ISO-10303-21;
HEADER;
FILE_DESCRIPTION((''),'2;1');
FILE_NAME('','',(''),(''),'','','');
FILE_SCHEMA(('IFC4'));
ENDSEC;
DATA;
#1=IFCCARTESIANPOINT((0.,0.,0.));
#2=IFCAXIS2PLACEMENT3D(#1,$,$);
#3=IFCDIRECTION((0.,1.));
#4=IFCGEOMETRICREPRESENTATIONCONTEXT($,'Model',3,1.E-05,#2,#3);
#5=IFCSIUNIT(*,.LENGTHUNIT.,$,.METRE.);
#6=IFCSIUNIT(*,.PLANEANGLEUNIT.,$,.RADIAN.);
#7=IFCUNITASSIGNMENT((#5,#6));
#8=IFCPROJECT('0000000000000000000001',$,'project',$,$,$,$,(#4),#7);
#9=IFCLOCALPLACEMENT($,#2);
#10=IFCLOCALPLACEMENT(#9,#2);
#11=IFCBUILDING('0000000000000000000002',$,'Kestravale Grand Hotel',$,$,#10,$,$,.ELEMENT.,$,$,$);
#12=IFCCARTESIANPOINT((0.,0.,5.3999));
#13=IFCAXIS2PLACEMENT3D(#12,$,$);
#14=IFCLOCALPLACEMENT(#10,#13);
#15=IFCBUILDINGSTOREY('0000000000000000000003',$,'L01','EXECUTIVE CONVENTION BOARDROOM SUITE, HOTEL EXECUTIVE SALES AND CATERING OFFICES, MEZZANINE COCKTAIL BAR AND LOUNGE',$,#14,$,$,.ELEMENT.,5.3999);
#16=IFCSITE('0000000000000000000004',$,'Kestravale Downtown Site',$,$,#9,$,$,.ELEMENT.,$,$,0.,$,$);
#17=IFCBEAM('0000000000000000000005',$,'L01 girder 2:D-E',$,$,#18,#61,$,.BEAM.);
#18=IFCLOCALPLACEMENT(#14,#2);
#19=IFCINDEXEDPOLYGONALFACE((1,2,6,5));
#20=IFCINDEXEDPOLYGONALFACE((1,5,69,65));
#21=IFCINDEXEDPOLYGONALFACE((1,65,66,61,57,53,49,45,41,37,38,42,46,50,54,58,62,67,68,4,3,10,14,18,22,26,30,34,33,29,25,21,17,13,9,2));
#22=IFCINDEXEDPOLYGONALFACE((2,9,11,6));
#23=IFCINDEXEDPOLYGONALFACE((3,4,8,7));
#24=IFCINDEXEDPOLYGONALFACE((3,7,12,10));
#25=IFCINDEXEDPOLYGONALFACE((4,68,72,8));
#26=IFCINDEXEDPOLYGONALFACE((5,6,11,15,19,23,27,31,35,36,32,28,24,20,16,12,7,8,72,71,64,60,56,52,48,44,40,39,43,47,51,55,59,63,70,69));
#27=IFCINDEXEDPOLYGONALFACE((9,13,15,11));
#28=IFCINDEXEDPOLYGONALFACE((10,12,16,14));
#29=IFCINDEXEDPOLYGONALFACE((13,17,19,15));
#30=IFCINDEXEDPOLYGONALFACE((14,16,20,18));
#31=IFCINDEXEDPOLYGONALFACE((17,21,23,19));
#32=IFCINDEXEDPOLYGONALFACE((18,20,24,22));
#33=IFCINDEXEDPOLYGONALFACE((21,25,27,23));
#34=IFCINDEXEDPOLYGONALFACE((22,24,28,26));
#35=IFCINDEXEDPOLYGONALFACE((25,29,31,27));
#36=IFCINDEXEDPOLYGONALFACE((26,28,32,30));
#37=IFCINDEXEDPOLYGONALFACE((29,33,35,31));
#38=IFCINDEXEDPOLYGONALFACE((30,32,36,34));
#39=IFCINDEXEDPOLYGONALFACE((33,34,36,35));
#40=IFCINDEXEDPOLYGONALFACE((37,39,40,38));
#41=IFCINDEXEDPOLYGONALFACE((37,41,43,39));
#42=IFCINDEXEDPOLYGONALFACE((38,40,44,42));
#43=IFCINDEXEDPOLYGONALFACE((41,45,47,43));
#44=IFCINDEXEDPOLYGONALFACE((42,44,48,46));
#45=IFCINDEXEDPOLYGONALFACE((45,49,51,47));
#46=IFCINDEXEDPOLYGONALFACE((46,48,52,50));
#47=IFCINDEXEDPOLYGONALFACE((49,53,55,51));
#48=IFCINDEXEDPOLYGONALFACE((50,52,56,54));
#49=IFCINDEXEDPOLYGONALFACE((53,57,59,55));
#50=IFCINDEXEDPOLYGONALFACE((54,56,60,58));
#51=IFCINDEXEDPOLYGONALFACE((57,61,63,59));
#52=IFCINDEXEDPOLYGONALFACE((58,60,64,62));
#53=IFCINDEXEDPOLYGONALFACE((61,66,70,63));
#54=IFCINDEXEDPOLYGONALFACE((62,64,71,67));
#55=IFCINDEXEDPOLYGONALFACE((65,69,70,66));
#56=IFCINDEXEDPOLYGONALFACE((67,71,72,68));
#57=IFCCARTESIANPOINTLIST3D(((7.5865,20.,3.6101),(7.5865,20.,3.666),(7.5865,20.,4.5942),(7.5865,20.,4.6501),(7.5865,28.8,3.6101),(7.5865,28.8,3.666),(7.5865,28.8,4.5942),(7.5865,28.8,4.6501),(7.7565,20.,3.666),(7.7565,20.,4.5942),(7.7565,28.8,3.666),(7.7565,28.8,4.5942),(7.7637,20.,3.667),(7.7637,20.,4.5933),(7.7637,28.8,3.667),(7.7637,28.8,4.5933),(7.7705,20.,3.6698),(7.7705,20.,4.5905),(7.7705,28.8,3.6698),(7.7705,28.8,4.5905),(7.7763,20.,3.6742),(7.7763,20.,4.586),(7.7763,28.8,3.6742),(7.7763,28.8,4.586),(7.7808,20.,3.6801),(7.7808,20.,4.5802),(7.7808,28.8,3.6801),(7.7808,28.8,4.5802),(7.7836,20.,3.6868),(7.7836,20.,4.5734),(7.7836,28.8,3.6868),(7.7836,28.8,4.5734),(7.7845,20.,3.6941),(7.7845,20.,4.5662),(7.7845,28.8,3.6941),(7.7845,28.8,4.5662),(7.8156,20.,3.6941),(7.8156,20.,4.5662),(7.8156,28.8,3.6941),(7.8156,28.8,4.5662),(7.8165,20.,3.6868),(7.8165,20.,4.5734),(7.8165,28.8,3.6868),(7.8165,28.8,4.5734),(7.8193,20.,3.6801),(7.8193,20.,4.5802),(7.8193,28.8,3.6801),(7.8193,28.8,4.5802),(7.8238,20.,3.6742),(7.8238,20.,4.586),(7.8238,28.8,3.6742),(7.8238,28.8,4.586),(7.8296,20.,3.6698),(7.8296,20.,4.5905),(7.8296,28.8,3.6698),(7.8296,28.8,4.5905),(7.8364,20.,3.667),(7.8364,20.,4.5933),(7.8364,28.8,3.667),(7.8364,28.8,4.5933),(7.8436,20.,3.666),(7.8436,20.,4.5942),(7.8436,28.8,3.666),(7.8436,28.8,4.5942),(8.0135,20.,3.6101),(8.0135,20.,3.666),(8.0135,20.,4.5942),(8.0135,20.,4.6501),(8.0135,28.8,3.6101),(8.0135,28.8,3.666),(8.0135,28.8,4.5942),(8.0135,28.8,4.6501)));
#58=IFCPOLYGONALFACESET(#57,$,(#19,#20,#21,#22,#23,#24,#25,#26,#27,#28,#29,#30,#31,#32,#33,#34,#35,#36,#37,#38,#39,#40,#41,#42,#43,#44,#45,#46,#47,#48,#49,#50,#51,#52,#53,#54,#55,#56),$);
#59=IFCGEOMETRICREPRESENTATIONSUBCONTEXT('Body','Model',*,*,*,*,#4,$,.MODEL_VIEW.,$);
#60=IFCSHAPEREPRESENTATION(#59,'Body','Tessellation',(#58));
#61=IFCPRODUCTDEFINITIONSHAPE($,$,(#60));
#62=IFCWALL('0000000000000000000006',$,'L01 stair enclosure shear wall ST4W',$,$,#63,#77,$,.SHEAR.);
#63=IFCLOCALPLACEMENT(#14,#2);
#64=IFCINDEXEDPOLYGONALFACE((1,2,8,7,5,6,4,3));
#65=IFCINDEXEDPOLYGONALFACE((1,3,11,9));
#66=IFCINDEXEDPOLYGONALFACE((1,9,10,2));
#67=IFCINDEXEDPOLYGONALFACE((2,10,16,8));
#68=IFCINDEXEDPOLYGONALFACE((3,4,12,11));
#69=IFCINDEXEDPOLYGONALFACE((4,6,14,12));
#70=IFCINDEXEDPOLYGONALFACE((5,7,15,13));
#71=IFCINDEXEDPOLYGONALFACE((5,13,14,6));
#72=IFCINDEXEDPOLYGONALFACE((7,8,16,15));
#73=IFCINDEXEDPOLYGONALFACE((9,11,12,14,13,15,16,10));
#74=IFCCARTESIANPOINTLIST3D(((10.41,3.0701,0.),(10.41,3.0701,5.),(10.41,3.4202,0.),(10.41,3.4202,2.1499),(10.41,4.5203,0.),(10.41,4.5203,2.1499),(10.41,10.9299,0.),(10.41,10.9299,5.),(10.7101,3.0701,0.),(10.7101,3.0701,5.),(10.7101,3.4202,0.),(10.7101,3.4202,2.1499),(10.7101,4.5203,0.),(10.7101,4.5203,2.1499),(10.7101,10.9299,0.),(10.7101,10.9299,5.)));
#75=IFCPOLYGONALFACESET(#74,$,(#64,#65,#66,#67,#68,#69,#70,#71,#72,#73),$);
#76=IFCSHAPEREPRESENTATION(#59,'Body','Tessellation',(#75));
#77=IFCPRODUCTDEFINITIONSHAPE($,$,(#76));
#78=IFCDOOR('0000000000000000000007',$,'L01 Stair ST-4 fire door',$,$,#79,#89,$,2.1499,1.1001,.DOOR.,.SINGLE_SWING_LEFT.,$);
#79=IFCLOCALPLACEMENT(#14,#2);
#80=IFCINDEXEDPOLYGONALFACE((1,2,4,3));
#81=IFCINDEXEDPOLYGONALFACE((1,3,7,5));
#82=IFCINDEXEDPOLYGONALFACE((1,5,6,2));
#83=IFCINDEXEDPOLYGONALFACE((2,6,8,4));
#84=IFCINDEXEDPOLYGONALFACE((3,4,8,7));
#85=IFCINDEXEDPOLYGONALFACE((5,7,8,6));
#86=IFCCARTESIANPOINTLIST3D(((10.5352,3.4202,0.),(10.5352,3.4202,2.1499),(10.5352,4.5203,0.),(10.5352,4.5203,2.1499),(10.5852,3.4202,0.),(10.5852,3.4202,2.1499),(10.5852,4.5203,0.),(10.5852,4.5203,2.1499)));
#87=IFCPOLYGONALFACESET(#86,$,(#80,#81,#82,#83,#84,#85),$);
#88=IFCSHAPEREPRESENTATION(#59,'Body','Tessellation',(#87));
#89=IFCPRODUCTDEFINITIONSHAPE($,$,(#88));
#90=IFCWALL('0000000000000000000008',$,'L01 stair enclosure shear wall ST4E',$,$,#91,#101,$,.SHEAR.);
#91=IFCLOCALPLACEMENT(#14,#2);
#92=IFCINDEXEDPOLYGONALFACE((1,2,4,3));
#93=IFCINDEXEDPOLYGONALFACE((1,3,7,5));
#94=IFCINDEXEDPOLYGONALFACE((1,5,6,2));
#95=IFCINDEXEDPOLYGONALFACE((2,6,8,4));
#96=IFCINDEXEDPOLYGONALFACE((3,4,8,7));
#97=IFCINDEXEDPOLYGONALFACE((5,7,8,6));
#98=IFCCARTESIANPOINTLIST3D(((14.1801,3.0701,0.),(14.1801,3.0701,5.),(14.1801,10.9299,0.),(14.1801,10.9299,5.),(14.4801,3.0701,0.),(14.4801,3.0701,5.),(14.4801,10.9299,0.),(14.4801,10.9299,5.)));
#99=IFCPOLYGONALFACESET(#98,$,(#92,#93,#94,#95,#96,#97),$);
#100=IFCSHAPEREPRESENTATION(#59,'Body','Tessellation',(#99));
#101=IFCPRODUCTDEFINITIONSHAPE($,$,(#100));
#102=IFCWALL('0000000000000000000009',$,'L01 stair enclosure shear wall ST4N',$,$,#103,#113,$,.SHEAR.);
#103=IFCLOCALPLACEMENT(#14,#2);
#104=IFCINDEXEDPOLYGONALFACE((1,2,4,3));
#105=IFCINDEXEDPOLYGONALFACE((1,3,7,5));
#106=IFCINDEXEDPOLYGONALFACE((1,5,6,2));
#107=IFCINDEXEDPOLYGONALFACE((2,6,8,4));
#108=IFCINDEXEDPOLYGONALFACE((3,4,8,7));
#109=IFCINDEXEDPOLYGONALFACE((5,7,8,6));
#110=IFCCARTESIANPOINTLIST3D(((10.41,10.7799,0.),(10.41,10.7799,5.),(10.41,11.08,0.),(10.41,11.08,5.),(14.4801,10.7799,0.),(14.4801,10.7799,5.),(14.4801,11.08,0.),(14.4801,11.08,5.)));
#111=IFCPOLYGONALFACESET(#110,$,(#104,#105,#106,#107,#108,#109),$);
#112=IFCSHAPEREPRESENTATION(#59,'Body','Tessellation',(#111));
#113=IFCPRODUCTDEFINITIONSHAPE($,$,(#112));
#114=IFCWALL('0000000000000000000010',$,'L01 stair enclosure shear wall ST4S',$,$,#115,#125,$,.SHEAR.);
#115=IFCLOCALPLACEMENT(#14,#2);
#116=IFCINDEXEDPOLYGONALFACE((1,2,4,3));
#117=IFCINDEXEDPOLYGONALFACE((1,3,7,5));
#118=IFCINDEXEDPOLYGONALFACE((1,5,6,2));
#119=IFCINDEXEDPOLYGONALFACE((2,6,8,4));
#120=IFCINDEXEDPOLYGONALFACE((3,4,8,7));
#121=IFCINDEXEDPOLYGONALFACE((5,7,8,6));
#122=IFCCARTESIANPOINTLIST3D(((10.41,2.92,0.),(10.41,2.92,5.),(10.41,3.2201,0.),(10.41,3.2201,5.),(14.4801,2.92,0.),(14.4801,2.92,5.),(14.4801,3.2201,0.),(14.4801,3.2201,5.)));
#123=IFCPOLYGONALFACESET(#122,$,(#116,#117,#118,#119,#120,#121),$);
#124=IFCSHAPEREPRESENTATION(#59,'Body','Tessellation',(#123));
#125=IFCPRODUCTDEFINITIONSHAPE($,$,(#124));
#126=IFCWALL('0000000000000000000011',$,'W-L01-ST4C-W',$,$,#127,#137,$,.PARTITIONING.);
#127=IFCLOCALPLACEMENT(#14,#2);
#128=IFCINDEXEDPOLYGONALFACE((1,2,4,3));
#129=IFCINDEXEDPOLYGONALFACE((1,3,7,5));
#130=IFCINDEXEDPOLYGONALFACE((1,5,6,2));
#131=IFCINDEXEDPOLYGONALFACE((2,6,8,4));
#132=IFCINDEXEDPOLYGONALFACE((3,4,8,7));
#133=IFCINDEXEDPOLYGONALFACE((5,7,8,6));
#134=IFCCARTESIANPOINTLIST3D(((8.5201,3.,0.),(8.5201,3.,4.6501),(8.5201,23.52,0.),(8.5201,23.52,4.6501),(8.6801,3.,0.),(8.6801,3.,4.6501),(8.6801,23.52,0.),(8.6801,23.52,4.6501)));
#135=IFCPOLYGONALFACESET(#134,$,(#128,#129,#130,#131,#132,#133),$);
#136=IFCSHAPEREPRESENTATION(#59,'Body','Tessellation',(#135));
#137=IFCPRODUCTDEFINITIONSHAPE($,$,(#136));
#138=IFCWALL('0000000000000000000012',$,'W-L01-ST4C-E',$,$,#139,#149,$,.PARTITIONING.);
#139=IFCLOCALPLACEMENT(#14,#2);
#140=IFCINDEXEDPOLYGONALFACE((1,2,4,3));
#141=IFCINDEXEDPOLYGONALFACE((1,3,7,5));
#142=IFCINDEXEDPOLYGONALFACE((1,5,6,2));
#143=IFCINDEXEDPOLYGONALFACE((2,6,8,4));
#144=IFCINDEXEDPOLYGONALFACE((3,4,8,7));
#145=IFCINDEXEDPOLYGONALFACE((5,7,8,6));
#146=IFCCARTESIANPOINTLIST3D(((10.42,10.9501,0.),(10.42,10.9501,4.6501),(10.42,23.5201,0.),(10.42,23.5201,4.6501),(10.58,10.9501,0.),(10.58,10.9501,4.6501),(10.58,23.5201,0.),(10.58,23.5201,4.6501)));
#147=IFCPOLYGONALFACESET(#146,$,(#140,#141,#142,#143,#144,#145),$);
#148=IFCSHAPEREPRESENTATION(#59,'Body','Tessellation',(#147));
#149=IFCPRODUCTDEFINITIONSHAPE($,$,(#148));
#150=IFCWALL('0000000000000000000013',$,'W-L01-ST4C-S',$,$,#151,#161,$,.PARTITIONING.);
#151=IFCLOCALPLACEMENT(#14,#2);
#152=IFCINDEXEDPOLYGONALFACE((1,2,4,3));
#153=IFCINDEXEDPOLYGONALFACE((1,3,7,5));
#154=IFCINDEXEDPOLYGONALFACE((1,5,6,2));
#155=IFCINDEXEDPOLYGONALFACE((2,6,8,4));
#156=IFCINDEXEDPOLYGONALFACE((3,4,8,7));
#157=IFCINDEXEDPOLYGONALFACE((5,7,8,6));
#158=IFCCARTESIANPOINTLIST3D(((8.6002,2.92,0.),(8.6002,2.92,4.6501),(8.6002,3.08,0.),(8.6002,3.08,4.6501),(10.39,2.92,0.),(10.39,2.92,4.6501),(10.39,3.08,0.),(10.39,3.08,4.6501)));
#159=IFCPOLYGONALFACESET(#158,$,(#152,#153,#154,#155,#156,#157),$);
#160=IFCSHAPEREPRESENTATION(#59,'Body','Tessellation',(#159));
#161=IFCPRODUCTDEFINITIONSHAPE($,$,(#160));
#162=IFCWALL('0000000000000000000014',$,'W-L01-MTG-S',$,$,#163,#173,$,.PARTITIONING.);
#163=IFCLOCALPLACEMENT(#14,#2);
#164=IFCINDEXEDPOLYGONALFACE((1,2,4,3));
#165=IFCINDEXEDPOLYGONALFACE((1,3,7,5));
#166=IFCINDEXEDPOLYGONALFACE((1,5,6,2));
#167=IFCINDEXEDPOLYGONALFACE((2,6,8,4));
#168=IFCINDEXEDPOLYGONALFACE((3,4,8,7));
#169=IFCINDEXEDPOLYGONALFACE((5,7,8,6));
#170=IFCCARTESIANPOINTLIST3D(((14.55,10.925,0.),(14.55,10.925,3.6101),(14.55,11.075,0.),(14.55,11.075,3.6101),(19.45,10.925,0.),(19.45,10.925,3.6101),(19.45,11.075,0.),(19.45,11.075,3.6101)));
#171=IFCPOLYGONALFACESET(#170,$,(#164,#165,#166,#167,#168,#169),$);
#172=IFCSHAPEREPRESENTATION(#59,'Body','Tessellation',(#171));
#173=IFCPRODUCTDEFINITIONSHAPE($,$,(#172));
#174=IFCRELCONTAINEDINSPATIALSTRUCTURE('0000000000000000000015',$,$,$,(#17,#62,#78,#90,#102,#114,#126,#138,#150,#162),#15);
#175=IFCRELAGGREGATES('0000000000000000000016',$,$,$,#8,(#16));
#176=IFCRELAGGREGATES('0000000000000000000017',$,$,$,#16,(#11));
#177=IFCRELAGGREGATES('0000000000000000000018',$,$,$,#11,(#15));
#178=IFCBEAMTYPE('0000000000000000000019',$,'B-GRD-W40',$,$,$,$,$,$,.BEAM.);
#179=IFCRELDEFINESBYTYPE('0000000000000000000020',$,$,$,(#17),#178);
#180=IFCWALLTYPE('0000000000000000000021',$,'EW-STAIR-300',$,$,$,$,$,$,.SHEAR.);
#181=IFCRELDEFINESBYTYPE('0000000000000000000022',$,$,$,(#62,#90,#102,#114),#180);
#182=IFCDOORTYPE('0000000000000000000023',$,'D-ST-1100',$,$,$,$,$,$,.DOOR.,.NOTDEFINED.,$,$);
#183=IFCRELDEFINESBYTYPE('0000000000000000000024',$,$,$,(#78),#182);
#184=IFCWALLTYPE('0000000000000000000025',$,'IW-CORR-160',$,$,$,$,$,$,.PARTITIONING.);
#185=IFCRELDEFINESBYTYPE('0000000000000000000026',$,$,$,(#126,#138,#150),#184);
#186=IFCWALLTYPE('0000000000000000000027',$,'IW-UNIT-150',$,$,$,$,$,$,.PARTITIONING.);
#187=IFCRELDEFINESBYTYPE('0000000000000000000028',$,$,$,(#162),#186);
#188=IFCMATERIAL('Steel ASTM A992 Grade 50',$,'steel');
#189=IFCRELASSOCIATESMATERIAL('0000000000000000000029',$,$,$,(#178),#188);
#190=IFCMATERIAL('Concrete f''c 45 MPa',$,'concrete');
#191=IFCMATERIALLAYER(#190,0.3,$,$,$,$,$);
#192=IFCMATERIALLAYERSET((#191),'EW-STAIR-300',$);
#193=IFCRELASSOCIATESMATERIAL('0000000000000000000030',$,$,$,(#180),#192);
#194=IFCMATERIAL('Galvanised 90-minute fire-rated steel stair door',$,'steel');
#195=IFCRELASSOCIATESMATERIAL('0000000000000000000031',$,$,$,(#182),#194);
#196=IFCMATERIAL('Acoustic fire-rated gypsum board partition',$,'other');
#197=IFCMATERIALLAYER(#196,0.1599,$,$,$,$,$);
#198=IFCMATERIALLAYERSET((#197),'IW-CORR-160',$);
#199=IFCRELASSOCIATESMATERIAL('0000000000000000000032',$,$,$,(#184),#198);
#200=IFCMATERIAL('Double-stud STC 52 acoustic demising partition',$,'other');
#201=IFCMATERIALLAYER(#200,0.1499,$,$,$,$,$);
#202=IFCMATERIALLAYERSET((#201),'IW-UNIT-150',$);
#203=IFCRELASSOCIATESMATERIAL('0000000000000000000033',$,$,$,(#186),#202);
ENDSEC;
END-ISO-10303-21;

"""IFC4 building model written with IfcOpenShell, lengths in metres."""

from ifc_helpers import new_model, si_unit, direction, frame, frame_2d, origin, origin_2d, place, context, subcontext, project, spatial, rectangle, i_section, extrude, material, layer, layer_set, material_profile, profile_set, type_object, element, fill, save


model = new_model("IFC4")

# Units and contexts
model_context = context("Model", 3, precision=1e-05, world=origin(), true_north=direction((0.0, 1.0)))
body_context = subcontext(model_context, "Body", "Model", "MODEL_VIEW")
ifc_project = project(units=[si_unit("LENGTHUNIT", "METRE"), si_unit("PLANEANGLEUNIT", "RADIAN")], contexts=[model_context])

# Site, building, storey
site_placement = place(None, origin())
site = spatial("IfcSite", under=ifc_project, at=site_placement, Name="Kestravale Downtown Site", CompositionType="ELEMENT", RefElevation=0.0)
building_placement = place(site_placement, origin())
building = spatial("IfcBuilding", under=site, at=building_placement, Name="Kestravale Grand Hotel", CompositionType="ELEMENT")
storey_placement = place(building_placement, frame((0.0, 0.0, 5.3999)))
storey = spatial("IfcBuildingStorey", under=building, at=storey_placement, Name="L01", Description="EXECUTIVE CONVENTION BOARDROOM SUITE, HOTEL EXECUTIVE SALES AND CATERING OFFICES, MEZZANINE COCKTAIL BAR AND LOUNGE", CompositionType="ELEMENT", Elevation=5.3999)

# Beam
ifc_material_1 = material(Name="Steel ASTM A992 Grade 50", Category="steel")
ifc_material_profile_1 = material_profile(ifc_material_1, i_section(OverallWidth=0.427, OverallDepth=1.04, WebThickness=0.031, FlangeThickness=0.0559, FilletRadius=0.0281, at=origin_2d()))
ifc_profile_set_1 = profile_set([ifc_material_profile_1], Name="Steel ASTM A992 Grade 50")
beam_type_1 = type_object("IfcBeamType", Name="B-GRD-W40", PredefinedType="BEAM", material=ifc_profile_set_1)
beam_1_placement = place(storey_placement, frame((7.8, 20.0, 4.1301), z_axis=(0.0, 1.0, 0.0), x_axis=(-1.0, 0.0, 0.0)))
element("IfcBeam", 1, at=beam_1_placement, inside=storey, type_object=beam_type_1, Name="L01 girder 2:D-E", PredefinedType="BEAM", context=body_context, shape_type="SweptSolid", body=[
    extrude(i_section(OverallWidth=0.427, OverallDepth=1.04, WebThickness=0.031, FlangeThickness=0.0559, FilletRadius=0.0281, at=origin_2d()), origin(), (0.0, 0.0, 1.0), 8.8),
])

# Wall, opening, door
ifc_material_2 = material(Name="Concrete f'c 45 MPa", Category="concrete")
ifc_layer_1 = layer(ifc_material_2, 0.3)
ifc_layer_set_1 = layer_set([ifc_layer_1], Name="EW-STAIR-300")
wall_type_1 = type_object("IfcWallType", Name="EW-STAIR-300", PredefinedType="SHEAR", material=ifc_layer_set_1)
wall_1_placement = place(storey_placement, frame((10.5601, 3.0701, 0.0), z_axis=(0.0, 0.0, 1.0), x_axis=(0.0, 1.0, 0.0)))
wall_1 = element("IfcWall", 2, at=wall_1_placement, inside=storey, type_object=wall_type_1, Name="L01 stair enclosure shear wall ST4W", PredefinedType="SHEAR", context=body_context, shape_type="SweptSolid", body=[
    extrude(rectangle(XDim=7.8599, YDim=0.3, at=frame_2d((3.9299, 0.0))), origin(), (0.0, 0.0, 1.0), 5.0),
])
opening_placement = place(wall_1_placement, frame((0.3501, 0.0, 0.0)))
opening = element("IfcOpeningElement", 3, at=opening_placement, cuts=wall_1, PredefinedType="OPENING", context=body_context, shape_type="SweptSolid", body=[
    extrude(rectangle(XDim=1.1001, YDim=2.1499, at=frame_2d((0.55, 1.075))), frame((0.0, 0.1599, 0.0), z_axis=(0.0, -1.0, 0.0), x_axis=(1.0, 0.0, 0.0)), (0.0, 0.0, 1.0), 0.3201),
])
ifc_material_3 = material(Name="Galvanised 90-minute fire-rated steel stair door", Category="steel")
door_type = type_object("IfcDoorType", Name="D-ST-1100", OperationType="NOTDEFINED", PredefinedType="DOOR", material=ifc_material_3)
door_placement = place(opening_placement, origin())
door = element("IfcDoor", 4, at=door_placement, inside=storey, type_object=door_type, Name="L01 Stair ST-4 fire door", OperationType="SINGLE_SWING_LEFT", OverallHeight=2.1499, OverallWidth=1.1001, PredefinedType="DOOR", context=body_context, shape_type="SweptSolid", body=[
    extrude(rectangle(XDim=1.1001, YDim=2.1499, at=frame_2d((0.55, 1.075))), frame((0.0, 0.0249, 0.0), z_axis=(0.0, -1.0, 0.0), x_axis=(1.0, 0.0, 0.0)), (0.0, 0.0, 1.0), 0.05),
])
fill(opening, door)

# Walls
wall_2_placement = place(storey_placement, frame((14.3301, 3.0701, 0.0), z_axis=(0.0, 0.0, 1.0), x_axis=(0.0, 1.0, 0.0)))
element("IfcWall", 5, at=wall_2_placement, inside=storey, type_object=wall_type_1, Name="L01 stair enclosure shear wall ST4E", PredefinedType="SHEAR", context=body_context, shape_type="SweptSolid", body=[
    extrude(rectangle(XDim=7.8599, YDim=0.3, at=frame_2d((3.9299, 0.0))), origin(), (0.0, 0.0, 1.0), 5.0),
])
for number, where, z_axis, x_axis, name in (
    (6, (10.4099, 10.9299, 0.0), (0.0, 0.0, 1.0), (1.0, 0.0, 0.0), "L01 stair enclosure shear wall ST4N"),
    (7, (10.4099, 3.0701, 0.0), (0.0, 0.0, 1.0), (1.0, 0.0, 0.0), "L01 stair enclosure shear wall ST4S"),
):
    element("IfcWall", number, at=place(storey_placement, frame(where, z_axis=z_axis, x_axis=x_axis)), inside=storey, type_object=wall_type_1, Name=name, PredefinedType="SHEAR", context=body_context, shape_type="SweptSolid", body=[
        extrude(rectangle(XDim=4.0701, YDim=0.3, at=frame_2d((2.0352, 0.0))), origin(), (0.0, 0.0, 1.0), 5.0),
    ])
ifc_material_4 = material(Name="Acoustic fire-rated gypsum board partition", Category="other")
ifc_layer_2 = layer(ifc_material_4, 0.1599)
ifc_layer_set_2 = layer_set([ifc_layer_2], Name="IW-CORR-160")
wall_type_2 = type_object("IfcWallType", Name="IW-CORR-160", PredefinedType="PARTITIONING", material=ifc_layer_set_2)
wall_3_placement = place(storey_placement, frame((8.6001, 3.0, 0.0), z_axis=(0.0, 0.0, 1.0), x_axis=(0.0, 1.0, 0.0)))
element("IfcWall", 8, at=wall_3_placement, inside=storey, type_object=wall_type_2, Name="W-L01-ST4C-W", PredefinedType="PARTITIONING", context=body_context, shape_type="SweptSolid", body=[
    extrude(rectangle(XDim=20.52, YDim=0.1599, at=frame_2d((10.26, 0.0))), origin(), (0.0, 0.0, 1.0), 4.6501),
])
wall_4_placement = place(storey_placement, frame((10.5, 10.95, 0.0), z_axis=(0.0, 0.0, 1.0), x_axis=(0.0, 1.0, 0.0)))
element("IfcWall", 9, at=wall_4_placement, inside=storey, type_object=wall_type_2, Name="W-L01-ST4C-E", PredefinedType="PARTITIONING", context=body_context, shape_type="SweptSolid", body=[
    extrude(rectangle(XDim=12.5701, YDim=0.1599, at=frame_2d((6.2852, 0.0))), origin(), (0.0, 0.0, 1.0), 4.6501),
])
wall_5_placement = place(storey_placement, frame((8.6001, 3.0, 0.0), z_axis=(0.0, 0.0, 1.0), x_axis=(1.0, 0.0, 0.0)))
element("IfcWall", 10, at=wall_5_placement, inside=storey, type_object=wall_type_2, Name="W-L01-ST4C-S", PredefinedType="PARTITIONING", context=body_context, shape_type="SweptSolid", body=[
    extrude(rectangle(XDim=1.7898, YDim=0.1599, at=frame_2d((0.895, 0.0))), origin(), (0.0, 0.0, 1.0), 4.6501),
])
ifc_material_5 = material(Name="Double-stud STC 52 acoustic demising partition", Category="other")
ifc_layer_3 = layer(ifc_material_5, 0.1499)
ifc_layer_set_3 = layer_set([ifc_layer_3], Name="IW-UNIT-150")
wall_type_3 = type_object("IfcWallType", Name="IW-UNIT-150", PredefinedType="PARTITIONING", material=ifc_layer_set_3)
wall_6_placement = place(storey_placement, frame((14.55, 11.0, 0.0), z_axis=(0.0, 0.0, 1.0), x_axis=(1.0, 0.0, 0.0)))
element("IfcWall", 11, at=wall_6_placement, inside=storey, type_object=wall_type_3, Name="W-L01-MTG-S", PredefinedType="PARTITIONING", context=body_context, shape_type="SweptSolid", body=[
    extrude(rectangle(XDim=4.8999, YDim=0.1499, at=frame_2d((2.45, 0.0))), origin(), (0.0, 0.0, 1.0), 3.6101),
])

save(model, "model.ifc")
